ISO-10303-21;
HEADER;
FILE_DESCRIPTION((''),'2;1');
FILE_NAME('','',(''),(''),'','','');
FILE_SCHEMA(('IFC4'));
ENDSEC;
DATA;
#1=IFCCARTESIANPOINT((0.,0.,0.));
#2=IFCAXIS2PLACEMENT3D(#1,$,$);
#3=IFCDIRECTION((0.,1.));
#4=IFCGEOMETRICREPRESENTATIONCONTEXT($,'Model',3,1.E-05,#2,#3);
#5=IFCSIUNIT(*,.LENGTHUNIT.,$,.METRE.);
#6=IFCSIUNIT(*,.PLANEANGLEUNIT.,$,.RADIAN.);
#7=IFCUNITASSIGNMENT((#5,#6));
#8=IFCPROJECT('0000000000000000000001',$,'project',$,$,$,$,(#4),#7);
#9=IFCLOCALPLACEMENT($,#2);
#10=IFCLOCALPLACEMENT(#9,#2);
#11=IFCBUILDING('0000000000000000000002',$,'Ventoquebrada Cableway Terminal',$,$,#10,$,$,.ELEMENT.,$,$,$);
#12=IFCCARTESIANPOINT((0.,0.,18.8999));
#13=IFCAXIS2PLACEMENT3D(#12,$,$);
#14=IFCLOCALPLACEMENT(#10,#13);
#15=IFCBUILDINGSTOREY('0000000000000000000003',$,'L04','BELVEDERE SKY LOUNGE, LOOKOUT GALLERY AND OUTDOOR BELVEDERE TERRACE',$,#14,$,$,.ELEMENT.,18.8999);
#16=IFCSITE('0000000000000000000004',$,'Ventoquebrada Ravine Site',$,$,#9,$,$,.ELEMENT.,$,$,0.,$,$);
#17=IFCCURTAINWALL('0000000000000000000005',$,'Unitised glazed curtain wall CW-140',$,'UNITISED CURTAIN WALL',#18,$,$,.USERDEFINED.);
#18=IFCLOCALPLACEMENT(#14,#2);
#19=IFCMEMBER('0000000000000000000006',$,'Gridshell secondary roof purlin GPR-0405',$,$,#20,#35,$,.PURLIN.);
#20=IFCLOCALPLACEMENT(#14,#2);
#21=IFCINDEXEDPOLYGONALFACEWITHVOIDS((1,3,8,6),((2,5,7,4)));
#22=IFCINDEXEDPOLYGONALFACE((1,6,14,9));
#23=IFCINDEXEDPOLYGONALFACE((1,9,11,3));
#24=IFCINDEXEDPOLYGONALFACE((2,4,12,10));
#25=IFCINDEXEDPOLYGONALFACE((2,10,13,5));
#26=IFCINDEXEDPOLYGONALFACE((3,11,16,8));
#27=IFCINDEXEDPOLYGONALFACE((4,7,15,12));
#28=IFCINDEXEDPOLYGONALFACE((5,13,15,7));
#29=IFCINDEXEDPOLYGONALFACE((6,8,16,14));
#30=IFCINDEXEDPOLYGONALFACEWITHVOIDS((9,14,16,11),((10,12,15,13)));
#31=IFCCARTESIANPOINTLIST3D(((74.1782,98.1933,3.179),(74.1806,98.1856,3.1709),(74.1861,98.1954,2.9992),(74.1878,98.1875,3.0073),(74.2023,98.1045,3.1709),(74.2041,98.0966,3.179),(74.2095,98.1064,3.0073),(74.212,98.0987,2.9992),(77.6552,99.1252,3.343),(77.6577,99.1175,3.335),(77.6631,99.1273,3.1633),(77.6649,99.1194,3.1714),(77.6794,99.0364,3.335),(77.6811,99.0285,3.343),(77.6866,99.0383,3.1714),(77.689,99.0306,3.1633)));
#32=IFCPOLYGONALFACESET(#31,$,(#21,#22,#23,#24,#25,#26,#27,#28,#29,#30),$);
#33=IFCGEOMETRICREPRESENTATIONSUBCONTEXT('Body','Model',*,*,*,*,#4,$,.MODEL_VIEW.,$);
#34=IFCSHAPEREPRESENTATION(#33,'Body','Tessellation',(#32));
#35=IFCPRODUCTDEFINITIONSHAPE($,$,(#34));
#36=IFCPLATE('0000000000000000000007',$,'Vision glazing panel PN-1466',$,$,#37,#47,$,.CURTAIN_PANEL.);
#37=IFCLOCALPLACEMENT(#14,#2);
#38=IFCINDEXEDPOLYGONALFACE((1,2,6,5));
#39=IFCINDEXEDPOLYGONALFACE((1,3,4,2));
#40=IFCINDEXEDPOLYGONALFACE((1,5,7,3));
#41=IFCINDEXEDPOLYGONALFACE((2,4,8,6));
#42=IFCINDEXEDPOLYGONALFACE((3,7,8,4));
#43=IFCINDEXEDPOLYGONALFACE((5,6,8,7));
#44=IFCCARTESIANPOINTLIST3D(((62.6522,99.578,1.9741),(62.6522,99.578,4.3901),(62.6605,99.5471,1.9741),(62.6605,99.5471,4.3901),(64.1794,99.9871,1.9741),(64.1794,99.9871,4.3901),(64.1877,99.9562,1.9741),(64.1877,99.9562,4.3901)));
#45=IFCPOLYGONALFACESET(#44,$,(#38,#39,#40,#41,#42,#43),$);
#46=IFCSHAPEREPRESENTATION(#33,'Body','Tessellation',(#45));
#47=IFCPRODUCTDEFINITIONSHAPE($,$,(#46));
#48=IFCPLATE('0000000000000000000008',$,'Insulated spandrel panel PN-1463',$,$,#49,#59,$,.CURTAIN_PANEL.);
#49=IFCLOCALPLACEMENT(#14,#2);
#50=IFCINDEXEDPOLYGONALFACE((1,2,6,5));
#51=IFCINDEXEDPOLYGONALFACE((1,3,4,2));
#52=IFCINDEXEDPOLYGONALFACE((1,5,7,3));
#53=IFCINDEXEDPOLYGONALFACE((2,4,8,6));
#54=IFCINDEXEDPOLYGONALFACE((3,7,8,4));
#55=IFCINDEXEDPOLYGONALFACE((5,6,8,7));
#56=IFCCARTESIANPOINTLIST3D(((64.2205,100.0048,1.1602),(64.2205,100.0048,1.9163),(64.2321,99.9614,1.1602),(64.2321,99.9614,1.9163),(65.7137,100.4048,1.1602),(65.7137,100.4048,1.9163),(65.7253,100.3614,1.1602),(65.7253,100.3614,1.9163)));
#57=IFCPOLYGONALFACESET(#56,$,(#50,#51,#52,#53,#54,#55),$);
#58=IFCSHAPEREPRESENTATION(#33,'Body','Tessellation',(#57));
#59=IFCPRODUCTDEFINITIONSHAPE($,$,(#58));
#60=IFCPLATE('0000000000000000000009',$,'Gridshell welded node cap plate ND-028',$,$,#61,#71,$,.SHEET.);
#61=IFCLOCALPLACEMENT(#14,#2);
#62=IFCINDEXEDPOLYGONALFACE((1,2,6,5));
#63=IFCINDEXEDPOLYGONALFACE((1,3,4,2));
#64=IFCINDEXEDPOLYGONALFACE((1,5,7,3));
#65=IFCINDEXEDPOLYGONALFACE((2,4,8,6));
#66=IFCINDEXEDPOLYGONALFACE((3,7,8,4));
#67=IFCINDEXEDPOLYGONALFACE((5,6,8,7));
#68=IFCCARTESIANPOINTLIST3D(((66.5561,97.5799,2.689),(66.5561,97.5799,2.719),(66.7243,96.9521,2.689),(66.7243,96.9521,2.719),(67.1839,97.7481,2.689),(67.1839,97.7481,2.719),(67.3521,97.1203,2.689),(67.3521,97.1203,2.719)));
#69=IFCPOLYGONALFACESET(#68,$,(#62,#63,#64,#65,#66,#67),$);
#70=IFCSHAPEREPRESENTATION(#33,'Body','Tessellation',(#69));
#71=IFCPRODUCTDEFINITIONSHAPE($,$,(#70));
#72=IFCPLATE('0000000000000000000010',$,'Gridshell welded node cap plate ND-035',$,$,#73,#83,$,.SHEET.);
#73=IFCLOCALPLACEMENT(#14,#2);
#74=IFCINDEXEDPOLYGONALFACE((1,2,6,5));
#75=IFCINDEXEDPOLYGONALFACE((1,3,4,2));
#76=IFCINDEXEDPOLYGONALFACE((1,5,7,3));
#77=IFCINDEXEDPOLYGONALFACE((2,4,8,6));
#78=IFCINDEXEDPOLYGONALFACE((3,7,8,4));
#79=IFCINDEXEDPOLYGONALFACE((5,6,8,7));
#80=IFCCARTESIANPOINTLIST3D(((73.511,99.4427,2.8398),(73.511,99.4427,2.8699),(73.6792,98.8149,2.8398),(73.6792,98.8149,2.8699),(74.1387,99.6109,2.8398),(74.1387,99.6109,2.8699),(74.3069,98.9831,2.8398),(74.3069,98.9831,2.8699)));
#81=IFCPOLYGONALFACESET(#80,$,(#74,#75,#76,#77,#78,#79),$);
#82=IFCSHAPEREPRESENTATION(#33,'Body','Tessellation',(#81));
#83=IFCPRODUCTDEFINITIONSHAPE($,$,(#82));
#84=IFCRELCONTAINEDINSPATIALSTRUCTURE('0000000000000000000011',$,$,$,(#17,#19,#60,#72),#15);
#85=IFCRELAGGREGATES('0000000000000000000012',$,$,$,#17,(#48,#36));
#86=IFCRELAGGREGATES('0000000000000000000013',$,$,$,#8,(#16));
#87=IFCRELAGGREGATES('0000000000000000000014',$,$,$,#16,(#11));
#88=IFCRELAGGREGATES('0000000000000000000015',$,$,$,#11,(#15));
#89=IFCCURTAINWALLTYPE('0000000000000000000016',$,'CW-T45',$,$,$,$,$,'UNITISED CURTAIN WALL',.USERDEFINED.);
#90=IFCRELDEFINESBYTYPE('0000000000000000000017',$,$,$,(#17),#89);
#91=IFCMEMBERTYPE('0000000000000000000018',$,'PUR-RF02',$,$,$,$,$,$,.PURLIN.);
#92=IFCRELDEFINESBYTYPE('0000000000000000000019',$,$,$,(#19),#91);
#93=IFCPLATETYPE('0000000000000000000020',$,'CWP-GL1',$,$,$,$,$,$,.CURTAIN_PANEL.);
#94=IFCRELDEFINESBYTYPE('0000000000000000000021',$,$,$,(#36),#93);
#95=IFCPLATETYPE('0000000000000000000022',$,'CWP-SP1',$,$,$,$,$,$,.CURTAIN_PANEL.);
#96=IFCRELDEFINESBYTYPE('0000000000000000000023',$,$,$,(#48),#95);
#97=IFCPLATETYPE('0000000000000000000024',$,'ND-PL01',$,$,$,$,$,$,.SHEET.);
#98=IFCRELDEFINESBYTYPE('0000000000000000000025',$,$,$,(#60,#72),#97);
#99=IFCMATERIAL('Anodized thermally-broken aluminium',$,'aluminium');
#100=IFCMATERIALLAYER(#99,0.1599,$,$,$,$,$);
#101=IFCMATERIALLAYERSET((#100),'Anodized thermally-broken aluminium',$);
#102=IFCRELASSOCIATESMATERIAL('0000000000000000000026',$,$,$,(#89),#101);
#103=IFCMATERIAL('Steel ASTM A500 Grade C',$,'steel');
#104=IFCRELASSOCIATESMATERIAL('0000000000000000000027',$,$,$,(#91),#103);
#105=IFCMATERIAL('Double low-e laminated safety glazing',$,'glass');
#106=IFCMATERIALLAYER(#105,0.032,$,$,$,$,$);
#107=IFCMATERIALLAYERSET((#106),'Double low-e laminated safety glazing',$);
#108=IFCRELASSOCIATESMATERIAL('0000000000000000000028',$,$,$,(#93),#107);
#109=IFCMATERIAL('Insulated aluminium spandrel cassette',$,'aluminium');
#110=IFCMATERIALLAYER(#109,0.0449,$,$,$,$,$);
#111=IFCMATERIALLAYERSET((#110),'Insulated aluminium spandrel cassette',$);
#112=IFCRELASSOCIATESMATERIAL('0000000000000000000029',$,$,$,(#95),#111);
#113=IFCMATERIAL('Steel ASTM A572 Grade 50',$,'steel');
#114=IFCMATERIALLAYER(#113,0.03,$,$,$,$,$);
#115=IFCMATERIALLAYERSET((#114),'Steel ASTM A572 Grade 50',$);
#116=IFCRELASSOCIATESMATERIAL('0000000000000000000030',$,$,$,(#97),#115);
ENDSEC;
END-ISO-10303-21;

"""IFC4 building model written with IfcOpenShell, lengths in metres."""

from ifc_helpers import new_model, si_unit, direction, frame, origin, origin_2d, place, context, subcontext, project, spatial, rectangle, hollow_rectangle, extrude, material, layer, layer_set, material_profile, profile_set, type_object, element, aggregate, save


model = new_model("IFC4")

# Units and contexts
model_context = context("Model", 3, precision=1e-05, world=origin(), true_north=direction((0.0, 1.0)))
body_context = subcontext(model_context, "Body", "Model", "MODEL_VIEW")
ifc_project = project(units=[si_unit("LENGTHUNIT", "METRE"), si_unit("PLANEANGLEUNIT", "RADIAN")], contexts=[model_context])

# Site, building, storey
site_placement = place(None, origin())
site = spatial("IfcSite", under=ifc_project, at=site_placement, Name="Ventoquebrada Ravine Site", CompositionType="ELEMENT", RefElevation=0.0)
building_placement = place(site_placement, origin())
building = spatial("IfcBuilding", under=site, at=building_placement, Name="Ventoquebrada Cableway Terminal", CompositionType="ELEMENT")
storey_placement = place(building_placement, frame((0.0, 0.0, 18.8999)))
storey = spatial("IfcBuildingStorey", under=building, at=storey_placement, Name="L04", Description="BELVEDERE SKY LOUNGE, LOOKOUT GALLERY AND OUTDOOR BELVEDERE TERRACE", CompositionType="ELEMENT", Elevation=18.8999)

# Shared definitions
ifc_material_1 = material(Name="Steel ASTM A500 Grade C", Category="steel")

# Curtain wall
ifc_material_2 = material(Name="Anodized thermally-broken aluminium", Category="aluminium")
ifc_layer_1 = layer(ifc_material_2, 0.1599)
ifc_layer_set_1 = layer_set([ifc_layer_1], Name="Anodized thermally-broken aluminium")
curtain_wall_type = type_object("IfcCurtainWallType", Name="CW-T45", ElementType="UNITISED CURTAIN WALL", PredefinedType="USERDEFINED", material=ifc_layer_set_1)
curtain_wall_placement = place(storey_placement, origin())
curtain_wall = element("IfcCurtainWall", 1, at=curtain_wall_placement, inside=storey, type_object=curtain_wall_type, Name="Unitised glazed curtain wall CW-140", ObjectType="UNITISED CURTAIN WALL", PredefinedType="USERDEFINED")

# Member
ifc_material_profile_1 = material_profile(ifc_material_1, hollow_rectangle(XDim=0.1001, YDim=0.1799, WallThickness=0.0081, at=origin_2d()), Name="RHS180X100X8")
ifc_profile_set_1 = profile_set([ifc_material_profile_1], Name="Steel ASTM A500 Grade C")
member_type_1 = type_object("IfcMemberType", Name="PUR-RF02", PredefinedType="PURLIN", material=ifc_profile_set_1)
member_1_placement = place(storey_placement, frame((74.1951, 98.146, 3.0891), z_axis=(0.964909, 0.258606, 0.045529), x_axis=(-0.258874, 0.965911, 0.0)))
element("IfcMember", 2, at=member_1_placement, inside=storey, type_object=member_type_1, Name="Gridshell secondary roof purlin GPR-0405", PredefinedType="PURLIN", context=body_context, shape_type="SweptSolid", body=[
    extrude(hollow_rectangle(XDim=0.1001, YDim=0.1799, WallThickness=0.0081, at=origin_2d()), origin(), (0.0, 0.0, 1.0), 3.6035),
])

# Plates
ifc_material_3 = material(Name="Double low-e laminated safety glazing", Category="glass")
ifc_layer_2 = layer(ifc_material_3, 0.032)
ifc_layer_set_2 = layer_set([ifc_layer_2], Name="Double low-e laminated safety glazing")
plate_type_1 = type_object("IfcPlateType", Name="CWP-GL1", PredefinedType="CURTAIN_PANEL", material=ifc_layer_set_2)
plate_1_placement = place(storey_placement, frame((63.4199, 99.7671, 1.9741), z_axis=(0.0, 0.0, 1.0), x_axis=(-0.965944, -0.258752, 0.0)))
plate_1 = element("IfcPlate", 3, at=plate_1_placement, type_object=plate_type_1, Name="Vision glazing panel PN-1466", PredefinedType="CURTAIN_PANEL", context=body_context, shape_type="SweptSolid", body=[
    extrude(rectangle(XDim=1.5811, YDim=0.032, at=origin_2d()), origin(), (0.0, 0.0, 1.0), 2.416),
])
ifc_material_4 = material(Name="Insulated aluminium spandrel cassette", Category="aluminium")
ifc_layer_3 = layer(ifc_material_4, 0.0449)
ifc_layer_set_3 = layer_set([ifc_layer_3], Name="Insulated aluminium spandrel cassette")
plate_type_2 = type_object("IfcPlateType", Name="CWP-SP1", PredefinedType="CURTAIN_PANEL", material=ifc_layer_set_3)
plate_2_placement = place(storey_placement, frame((64.9729, 100.1831, 1.1602), z_axis=(0.0, 0.0, 1.0), x_axis=(-0.965944, -0.258752, 0.0)))
plate_2 = element("IfcPlate", 4, at=plate_2_placement, type_object=plate_type_2, Name="Insulated spandrel panel PN-1463", PredefinedType="CURTAIN_PANEL", context=body_context, shape_type="SweptSolid", body=[
    extrude(rectangle(XDim=1.5459, YDim=0.0449, at=origin_2d()), origin(), (0.0, 0.0, 1.0), 0.7561),
])
aggregate(curtain_wall, [plate_2, plate_1])

# Plates
ifc_material_5 = material(Name="Steel ASTM A572 Grade 50", Category="steel")
ifc_layer_4 = layer(ifc_material_5, 0.03)
ifc_layer_set_4 = layer_set([ifc_layer_4], Name="Steel ASTM A572 Grade 50")
plate_type_3 = type_object("IfcPlateType", Name="ND-PL01", PredefinedType="SHEET", material=ifc_layer_set_4)
for number, where, z_axis, x_axis, name in (
    (5, (66.9541, 97.3501, 2.689), (0.0, 0.0, 1.0), (0.965926, 0.258819, 0.0), "Gridshell welded node cap plate ND-028"),
    (6, (73.9089, 99.2129, 2.8398), (0.0, 0.0, 1.0), (0.965926, 0.258819, 0.0), "Gridshell welded node cap plate ND-035"),
):
    element("IfcPlate", number, at=place(storey_placement, frame(where, z_axis=z_axis, x_axis=x_axis)), inside=storey, type_object=plate_type_3, Name=name, PredefinedType="SHEET", context=body_context, shape_type="SweptSolid", body=[
        extrude(rectangle(XDim=0.6499, YDim=0.6499, at=origin_2d()), origin(), (0.0, 0.0, 1.0), 0.03),
    ])

save(model, "model.ifc")
